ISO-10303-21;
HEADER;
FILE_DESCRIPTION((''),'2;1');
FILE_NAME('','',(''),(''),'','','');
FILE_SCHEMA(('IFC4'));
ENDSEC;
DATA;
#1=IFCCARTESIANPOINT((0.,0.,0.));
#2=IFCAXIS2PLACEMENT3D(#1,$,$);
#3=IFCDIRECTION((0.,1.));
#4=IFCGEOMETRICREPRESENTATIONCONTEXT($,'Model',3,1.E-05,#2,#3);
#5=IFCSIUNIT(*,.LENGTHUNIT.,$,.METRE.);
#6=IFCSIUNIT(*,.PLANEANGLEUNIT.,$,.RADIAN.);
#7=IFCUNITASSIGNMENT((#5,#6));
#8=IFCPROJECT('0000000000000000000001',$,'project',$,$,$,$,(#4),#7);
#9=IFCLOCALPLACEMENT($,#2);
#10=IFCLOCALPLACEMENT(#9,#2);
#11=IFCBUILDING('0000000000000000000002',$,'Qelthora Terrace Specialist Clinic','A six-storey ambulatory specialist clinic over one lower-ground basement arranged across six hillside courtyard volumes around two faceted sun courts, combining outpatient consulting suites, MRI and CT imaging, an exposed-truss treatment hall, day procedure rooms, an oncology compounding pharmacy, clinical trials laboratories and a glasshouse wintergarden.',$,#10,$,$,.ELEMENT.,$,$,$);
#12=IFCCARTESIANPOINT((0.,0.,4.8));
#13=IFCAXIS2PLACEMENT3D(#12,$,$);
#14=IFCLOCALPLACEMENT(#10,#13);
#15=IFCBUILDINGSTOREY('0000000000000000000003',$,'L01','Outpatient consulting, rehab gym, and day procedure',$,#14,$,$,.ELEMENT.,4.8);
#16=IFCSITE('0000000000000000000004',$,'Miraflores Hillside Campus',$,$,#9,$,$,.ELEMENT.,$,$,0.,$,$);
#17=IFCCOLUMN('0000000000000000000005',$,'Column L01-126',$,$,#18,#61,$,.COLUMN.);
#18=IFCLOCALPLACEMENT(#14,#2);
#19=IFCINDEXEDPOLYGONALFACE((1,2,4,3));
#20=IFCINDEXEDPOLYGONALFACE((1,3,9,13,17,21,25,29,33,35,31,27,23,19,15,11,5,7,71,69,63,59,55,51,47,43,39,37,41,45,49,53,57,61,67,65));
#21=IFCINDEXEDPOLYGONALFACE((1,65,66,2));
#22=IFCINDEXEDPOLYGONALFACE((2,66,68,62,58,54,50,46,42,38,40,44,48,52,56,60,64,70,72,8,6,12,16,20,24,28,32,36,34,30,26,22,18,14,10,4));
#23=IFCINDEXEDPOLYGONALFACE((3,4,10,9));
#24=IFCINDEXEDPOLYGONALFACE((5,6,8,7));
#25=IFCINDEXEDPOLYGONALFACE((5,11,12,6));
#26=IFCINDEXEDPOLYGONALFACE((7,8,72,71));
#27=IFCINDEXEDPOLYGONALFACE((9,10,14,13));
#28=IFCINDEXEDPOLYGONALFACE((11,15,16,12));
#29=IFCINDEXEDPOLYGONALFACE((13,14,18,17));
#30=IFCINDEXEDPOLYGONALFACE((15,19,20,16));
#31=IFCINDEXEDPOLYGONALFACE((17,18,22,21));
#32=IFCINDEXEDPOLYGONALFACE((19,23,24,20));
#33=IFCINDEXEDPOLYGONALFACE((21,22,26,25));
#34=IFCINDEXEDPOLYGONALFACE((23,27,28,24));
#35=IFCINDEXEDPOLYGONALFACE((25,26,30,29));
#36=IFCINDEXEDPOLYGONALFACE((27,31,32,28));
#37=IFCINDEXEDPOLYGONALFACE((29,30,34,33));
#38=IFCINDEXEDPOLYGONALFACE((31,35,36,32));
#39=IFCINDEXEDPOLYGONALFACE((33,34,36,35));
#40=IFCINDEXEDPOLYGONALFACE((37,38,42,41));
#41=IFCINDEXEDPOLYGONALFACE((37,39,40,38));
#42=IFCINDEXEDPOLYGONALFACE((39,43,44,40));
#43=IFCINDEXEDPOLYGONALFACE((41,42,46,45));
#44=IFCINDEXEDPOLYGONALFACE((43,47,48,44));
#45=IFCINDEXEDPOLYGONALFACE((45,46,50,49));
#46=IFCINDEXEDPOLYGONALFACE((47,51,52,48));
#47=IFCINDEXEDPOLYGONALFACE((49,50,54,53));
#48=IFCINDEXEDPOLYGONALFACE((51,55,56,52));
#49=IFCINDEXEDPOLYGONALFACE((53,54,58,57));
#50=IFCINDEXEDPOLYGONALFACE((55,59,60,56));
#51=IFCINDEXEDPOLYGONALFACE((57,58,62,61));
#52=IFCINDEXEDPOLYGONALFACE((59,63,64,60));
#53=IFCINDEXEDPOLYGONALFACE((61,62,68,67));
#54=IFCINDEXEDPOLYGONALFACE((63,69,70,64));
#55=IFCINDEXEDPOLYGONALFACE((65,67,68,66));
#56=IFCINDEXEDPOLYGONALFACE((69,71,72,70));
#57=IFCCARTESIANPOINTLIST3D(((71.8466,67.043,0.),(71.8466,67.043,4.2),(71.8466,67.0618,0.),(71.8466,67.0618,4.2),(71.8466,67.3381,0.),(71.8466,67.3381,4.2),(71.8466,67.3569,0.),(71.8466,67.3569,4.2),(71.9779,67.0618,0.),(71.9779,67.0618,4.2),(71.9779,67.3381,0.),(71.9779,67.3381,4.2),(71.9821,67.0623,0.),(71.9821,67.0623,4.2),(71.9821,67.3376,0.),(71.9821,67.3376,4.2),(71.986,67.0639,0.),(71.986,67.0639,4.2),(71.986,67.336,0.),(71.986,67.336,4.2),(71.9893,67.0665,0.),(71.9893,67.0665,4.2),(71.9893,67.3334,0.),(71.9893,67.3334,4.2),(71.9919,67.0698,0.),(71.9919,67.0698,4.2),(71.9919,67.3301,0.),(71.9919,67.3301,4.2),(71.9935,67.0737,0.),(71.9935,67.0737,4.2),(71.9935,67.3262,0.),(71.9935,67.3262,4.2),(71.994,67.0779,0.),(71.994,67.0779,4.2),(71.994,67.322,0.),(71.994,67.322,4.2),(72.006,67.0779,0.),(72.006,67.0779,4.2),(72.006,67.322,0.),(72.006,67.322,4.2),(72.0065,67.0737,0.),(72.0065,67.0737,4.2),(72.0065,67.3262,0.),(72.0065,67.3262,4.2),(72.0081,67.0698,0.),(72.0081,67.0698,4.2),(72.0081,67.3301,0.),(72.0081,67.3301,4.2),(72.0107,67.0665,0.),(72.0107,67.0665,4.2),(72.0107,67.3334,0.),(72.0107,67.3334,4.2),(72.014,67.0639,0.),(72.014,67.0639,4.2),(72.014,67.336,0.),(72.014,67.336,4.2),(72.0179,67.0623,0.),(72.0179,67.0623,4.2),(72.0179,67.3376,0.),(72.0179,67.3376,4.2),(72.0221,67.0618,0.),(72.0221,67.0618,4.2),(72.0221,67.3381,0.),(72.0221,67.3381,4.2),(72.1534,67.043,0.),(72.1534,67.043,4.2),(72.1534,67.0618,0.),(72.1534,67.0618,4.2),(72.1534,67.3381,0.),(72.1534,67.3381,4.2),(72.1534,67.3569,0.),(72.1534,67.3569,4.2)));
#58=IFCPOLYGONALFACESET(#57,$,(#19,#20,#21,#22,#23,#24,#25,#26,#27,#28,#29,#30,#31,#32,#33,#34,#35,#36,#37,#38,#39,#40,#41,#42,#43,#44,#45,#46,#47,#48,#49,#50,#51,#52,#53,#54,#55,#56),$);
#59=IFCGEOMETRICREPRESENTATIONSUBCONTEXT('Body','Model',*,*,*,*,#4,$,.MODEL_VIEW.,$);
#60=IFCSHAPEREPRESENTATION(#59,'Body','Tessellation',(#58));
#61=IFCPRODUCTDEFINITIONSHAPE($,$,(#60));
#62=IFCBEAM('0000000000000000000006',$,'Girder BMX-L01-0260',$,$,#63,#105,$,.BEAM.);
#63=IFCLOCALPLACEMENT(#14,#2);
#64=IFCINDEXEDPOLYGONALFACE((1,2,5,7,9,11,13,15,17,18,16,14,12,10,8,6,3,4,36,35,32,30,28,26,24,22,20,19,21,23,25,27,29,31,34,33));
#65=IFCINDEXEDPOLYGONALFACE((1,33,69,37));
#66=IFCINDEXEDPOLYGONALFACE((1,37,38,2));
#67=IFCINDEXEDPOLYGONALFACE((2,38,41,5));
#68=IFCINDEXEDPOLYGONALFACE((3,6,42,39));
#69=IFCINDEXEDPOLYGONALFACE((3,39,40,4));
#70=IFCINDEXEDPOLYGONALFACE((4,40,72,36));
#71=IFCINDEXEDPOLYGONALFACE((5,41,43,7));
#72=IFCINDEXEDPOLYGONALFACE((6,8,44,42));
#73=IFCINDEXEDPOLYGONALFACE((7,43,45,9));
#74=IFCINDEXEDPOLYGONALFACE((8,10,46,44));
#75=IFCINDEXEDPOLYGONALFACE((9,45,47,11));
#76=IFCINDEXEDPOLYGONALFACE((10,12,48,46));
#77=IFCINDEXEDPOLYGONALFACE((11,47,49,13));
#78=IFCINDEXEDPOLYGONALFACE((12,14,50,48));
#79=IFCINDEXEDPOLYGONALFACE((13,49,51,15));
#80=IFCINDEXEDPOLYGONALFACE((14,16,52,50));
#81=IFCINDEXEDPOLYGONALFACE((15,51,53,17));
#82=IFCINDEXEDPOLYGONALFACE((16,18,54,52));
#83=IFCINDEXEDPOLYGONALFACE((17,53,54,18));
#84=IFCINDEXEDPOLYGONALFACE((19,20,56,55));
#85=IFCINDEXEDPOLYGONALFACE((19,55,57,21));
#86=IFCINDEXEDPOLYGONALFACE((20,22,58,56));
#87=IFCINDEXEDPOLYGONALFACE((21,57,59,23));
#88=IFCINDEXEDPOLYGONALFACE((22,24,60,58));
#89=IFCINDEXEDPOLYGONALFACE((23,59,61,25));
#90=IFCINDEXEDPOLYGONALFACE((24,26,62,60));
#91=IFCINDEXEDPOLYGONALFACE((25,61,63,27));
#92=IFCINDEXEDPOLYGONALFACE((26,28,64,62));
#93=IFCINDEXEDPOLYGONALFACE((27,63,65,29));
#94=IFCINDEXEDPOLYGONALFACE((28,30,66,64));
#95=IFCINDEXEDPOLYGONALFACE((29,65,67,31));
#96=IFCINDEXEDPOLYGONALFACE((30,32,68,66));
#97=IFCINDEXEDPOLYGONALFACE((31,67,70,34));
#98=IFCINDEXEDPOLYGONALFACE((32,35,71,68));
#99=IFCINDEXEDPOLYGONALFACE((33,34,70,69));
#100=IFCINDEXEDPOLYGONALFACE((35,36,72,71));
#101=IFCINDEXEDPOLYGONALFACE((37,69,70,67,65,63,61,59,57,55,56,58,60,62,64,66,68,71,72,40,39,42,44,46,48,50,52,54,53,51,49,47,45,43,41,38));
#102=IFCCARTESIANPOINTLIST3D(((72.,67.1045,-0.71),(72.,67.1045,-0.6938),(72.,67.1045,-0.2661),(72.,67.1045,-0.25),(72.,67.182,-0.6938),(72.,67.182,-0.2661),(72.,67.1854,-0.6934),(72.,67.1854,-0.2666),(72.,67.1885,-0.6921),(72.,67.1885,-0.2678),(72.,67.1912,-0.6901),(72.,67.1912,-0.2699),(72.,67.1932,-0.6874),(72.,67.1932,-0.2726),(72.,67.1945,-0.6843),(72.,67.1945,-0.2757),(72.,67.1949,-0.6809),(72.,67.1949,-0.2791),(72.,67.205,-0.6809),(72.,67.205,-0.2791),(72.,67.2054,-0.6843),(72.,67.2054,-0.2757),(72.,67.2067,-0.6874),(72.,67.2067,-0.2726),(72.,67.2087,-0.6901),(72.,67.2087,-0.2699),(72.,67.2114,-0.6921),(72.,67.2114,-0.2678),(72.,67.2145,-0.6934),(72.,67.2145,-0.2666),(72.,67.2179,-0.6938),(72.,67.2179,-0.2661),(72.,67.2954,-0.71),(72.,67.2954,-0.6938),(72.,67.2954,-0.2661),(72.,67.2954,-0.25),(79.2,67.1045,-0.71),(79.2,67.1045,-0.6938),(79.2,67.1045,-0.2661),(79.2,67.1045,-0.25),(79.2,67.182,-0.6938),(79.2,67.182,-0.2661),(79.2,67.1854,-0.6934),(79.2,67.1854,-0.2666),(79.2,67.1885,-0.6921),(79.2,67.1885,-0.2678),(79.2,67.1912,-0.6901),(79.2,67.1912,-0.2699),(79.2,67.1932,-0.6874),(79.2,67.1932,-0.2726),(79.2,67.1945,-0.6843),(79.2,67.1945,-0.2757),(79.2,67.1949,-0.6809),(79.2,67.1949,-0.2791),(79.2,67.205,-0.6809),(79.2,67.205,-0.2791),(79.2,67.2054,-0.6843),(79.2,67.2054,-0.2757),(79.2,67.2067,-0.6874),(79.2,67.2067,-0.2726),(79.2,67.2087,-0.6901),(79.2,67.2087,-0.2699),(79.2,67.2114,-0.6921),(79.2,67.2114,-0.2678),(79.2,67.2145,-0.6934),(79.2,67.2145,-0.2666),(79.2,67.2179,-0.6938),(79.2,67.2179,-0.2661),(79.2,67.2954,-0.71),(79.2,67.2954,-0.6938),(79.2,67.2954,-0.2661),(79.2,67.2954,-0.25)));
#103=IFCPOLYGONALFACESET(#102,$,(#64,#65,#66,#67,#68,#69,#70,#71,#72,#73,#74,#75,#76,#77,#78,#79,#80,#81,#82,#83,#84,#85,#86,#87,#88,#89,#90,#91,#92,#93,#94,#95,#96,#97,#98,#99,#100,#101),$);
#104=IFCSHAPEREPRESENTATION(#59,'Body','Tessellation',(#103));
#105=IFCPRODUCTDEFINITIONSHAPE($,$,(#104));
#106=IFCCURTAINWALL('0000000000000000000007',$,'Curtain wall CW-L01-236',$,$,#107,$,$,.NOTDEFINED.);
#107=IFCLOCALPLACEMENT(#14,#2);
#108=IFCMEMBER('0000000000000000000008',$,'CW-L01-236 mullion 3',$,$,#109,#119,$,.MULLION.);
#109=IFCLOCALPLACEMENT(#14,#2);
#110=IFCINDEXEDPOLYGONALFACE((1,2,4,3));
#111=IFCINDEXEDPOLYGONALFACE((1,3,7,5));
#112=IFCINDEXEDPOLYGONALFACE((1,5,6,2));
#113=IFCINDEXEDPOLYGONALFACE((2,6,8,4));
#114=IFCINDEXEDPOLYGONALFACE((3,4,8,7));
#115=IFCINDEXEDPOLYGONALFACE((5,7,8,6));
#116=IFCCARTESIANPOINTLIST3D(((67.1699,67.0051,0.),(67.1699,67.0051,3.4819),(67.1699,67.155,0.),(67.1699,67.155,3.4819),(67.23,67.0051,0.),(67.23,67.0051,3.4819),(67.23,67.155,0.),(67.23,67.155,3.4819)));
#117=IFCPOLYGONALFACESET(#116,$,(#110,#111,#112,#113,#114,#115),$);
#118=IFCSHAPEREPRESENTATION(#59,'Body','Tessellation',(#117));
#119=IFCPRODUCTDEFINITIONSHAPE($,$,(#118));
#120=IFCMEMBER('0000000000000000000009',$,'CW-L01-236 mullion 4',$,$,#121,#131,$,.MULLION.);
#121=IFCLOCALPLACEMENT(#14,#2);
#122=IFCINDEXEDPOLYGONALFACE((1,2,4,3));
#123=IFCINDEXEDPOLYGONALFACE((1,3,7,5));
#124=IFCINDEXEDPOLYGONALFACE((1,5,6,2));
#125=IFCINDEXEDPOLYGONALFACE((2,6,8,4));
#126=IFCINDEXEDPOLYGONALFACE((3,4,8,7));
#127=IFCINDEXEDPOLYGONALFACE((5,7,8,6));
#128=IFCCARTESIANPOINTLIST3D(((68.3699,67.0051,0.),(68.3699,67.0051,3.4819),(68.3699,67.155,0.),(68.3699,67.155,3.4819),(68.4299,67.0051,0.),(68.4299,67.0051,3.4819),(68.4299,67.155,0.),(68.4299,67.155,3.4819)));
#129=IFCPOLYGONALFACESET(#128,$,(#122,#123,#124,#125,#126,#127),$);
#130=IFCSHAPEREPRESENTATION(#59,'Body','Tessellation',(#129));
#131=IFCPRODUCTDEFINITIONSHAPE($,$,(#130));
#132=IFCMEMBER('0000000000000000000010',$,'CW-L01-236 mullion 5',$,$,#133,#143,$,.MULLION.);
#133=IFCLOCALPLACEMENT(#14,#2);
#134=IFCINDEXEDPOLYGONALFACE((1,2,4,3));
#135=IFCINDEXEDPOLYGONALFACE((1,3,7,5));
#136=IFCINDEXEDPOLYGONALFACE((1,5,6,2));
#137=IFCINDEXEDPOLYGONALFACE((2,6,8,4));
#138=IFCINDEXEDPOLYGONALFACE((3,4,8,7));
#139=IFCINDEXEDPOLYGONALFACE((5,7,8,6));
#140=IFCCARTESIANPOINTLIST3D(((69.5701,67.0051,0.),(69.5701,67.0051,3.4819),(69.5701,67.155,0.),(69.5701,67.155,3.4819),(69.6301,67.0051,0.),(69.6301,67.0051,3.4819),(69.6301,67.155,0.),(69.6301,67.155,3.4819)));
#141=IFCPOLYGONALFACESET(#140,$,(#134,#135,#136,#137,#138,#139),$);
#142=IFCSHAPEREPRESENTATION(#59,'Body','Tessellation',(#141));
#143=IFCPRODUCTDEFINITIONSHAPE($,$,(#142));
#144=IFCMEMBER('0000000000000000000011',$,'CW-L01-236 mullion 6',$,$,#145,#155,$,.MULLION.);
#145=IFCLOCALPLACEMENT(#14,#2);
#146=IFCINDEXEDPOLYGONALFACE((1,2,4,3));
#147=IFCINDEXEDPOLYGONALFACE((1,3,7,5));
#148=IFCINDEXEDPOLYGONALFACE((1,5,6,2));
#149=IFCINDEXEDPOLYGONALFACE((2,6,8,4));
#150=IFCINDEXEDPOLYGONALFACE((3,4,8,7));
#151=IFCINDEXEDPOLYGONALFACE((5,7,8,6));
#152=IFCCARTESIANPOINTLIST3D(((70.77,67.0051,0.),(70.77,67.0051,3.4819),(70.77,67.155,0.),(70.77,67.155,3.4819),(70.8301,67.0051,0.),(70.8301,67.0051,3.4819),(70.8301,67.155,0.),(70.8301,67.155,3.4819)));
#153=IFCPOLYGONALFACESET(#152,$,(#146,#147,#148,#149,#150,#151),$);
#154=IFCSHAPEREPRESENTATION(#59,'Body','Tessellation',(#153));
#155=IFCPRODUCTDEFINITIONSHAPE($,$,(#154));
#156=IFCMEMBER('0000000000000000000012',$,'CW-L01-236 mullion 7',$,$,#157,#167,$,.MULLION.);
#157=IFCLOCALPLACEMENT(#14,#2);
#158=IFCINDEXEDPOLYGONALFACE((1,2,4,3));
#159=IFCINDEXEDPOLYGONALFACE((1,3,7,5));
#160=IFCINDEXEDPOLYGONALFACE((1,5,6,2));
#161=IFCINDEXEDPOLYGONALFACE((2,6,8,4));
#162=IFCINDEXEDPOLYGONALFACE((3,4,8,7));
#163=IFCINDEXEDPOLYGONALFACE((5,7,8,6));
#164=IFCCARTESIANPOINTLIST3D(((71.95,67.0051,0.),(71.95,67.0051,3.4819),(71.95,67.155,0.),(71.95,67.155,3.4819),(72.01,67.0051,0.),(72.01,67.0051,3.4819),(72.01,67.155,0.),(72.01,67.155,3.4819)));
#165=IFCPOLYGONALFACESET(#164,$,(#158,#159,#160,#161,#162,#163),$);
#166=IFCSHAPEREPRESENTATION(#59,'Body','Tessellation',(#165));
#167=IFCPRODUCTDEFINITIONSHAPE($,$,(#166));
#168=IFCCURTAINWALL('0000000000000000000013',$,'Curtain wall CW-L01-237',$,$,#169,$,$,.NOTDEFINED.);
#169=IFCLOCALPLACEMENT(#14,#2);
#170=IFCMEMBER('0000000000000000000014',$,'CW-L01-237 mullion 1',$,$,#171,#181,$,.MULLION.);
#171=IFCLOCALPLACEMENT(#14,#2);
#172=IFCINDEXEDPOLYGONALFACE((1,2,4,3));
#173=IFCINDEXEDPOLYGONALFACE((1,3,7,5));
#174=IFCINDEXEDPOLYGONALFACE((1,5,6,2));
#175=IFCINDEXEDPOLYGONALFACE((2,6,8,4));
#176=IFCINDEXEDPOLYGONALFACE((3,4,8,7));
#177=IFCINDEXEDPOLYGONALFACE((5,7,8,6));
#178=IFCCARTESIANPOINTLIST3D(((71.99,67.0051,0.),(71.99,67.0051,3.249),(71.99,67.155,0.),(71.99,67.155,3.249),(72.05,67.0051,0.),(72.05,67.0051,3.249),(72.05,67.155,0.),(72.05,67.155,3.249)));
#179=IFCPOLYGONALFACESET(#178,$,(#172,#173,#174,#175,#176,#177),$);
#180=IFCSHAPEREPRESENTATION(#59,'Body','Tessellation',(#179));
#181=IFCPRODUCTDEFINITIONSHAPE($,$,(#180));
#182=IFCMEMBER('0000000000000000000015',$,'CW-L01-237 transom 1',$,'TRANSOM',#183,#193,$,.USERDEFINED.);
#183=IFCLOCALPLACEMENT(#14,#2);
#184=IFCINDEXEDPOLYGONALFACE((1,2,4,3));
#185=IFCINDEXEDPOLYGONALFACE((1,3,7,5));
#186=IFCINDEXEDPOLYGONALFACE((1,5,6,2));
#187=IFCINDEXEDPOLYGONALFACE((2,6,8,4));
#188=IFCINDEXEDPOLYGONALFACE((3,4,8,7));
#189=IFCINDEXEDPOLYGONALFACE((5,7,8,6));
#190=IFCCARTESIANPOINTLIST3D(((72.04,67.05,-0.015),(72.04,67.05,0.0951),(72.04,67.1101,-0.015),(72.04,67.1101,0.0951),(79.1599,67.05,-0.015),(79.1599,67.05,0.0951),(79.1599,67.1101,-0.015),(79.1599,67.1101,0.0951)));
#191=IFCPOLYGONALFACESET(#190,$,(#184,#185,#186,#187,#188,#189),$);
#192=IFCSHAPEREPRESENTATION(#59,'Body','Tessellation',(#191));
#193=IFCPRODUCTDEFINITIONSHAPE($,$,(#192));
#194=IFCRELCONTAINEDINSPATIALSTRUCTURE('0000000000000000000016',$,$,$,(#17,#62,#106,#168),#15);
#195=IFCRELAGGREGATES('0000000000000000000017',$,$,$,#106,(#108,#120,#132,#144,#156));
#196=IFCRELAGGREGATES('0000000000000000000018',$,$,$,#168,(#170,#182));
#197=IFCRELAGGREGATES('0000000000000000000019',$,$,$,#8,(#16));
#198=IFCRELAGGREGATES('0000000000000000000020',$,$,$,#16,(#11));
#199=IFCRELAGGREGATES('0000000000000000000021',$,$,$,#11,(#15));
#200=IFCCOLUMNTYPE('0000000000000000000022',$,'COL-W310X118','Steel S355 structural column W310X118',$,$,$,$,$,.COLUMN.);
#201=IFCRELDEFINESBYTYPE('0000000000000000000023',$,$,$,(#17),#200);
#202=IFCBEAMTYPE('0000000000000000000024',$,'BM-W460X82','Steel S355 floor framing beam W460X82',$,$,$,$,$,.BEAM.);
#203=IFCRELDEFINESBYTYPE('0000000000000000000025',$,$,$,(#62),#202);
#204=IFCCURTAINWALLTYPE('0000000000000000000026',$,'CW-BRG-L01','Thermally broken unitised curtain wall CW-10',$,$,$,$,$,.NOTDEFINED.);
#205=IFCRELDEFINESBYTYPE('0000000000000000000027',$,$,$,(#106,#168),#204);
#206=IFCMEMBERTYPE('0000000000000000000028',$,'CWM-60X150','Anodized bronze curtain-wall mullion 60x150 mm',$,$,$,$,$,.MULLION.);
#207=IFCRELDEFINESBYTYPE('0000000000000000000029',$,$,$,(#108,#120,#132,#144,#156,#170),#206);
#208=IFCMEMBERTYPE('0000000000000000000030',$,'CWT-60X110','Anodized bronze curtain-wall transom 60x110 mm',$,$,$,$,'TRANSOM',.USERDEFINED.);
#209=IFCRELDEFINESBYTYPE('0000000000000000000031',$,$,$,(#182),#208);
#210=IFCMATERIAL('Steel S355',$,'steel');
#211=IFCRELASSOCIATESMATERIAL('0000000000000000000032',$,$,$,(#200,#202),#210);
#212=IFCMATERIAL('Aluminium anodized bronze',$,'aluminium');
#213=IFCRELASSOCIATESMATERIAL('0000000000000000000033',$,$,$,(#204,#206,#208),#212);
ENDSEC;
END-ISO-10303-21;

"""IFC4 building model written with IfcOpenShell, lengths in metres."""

from ifc_helpers import new_model, si_unit, direction, frame, origin, origin_2d, place, context, subcontext, project, spatial, rectangle, i_section, extrude, material, material_profile, profile_set, type_object, element, aggregate, save


model = new_model("IFC4")

# Units and contexts
model_context = context("Model", 3, precision=1e-05, world=origin(), true_north=direction((0.0, 1.0)))
body_context = subcontext(model_context, "Body", "Model", "MODEL_VIEW")
ifc_project = project(units=[si_unit("LENGTHUNIT", "METRE"), si_unit("PLANEANGLEUNIT", "RADIAN")], contexts=[model_context])

# Site, building, storey
site_placement = place(None, origin())
site = spatial("IfcSite", under=ifc_project, at=site_placement, Name="Miraflores Hillside Campus", CompositionType="ELEMENT", RefElevation=0.0)
building_placement = place(site_placement, origin())
building = spatial("IfcBuilding", under=site, at=building_placement, Name="Qelthora Terrace Specialist Clinic", Description="A six-storey ambulatory specialist clinic over one lower-ground basement arranged across six hillside courtyard volumes around two faceted sun courts, combining outpatient consulting suites, MRI and CT imaging, an exposed-truss treatment hall, day procedure rooms, an oncology compounding pharmacy, clinical trials laboratories and a glasshouse wintergarden.", CompositionType="ELEMENT")
storey_placement = place(building_placement, frame((0.0, 0.0, 4.8)))
storey = spatial("IfcBuildingStorey", under=building, at=storey_placement, Name="L01", Description="Outpatient consulting, rehab gym, and day procedure", CompositionType="ELEMENT", Elevation=4.8)

# Column
ifc_material_1 = material(Name="Steel S355", Category="steel")
ifc_material_profile_1 = material_profile(ifc_material_1, i_section(OverallWidth=0.3069, OverallDepth=0.314, WebThickness=0.012, FlangeThickness=0.0188, FilletRadius=0.0161, at=origin_2d()), Name="W310X118")
ifc_profile_set_1 = profile_set([ifc_material_profile_1], Name="Steel S355")
column_type = type_object("IfcColumnType", Name="COL-W310X118", Description="Steel S355 structural column W310X118", PredefinedType="COLUMN", material=ifc_profile_set_1)
column_placement = place(storey_placement, frame((72.0, 67.2, 0.0), z_axis=(0.0, 0.0, 1.0), x_axis=(1.0, 0.0, 0.0)))
element("IfcColumn", 1, at=column_placement, inside=storey, type_object=column_type, Name="Column L01-126", PredefinedType="COLUMN", context=body_context, shape_type="SweptSolid", body=[
    extrude(i_section(OverallWidth=0.3069, OverallDepth=0.314, WebThickness=0.012, FlangeThickness=0.0188, FilletRadius=0.0161, at=origin_2d()), origin(), (0.0, 0.0, 1.0), 4.2),
])

# Beam
ifc_material_profile_2 = material_profile(ifc_material_1, i_section(OverallWidth=0.1909, OverallDepth=0.46, WebThickness=0.01, FlangeThickness=0.0161, FilletRadius=0.0129, at=origin_2d()), Name="W460X82")
ifc_profile_set_2 = profile_set([ifc_material_profile_2], Name="Steel S355")
beam_type = type_object("IfcBeamType", Name="BM-W460X82", Description="Steel S355 floor framing beam W460X82", PredefinedType="BEAM", material=ifc_profile_set_2)
beam_placement = place(storey_placement, frame((72.0, 67.2, -0.48), z_axis=(1.0, 0.0, 0.0), x_axis=(0.0, 1.0, 0.0)))
element("IfcBeam", 2, at=beam_placement, inside=storey, type_object=beam_type, Name="Girder BMX-L01-0260", PredefinedType="BEAM", context=body_context, shape_type="SweptSolid", body=[
    extrude(i_section(OverallWidth=0.1909, OverallDepth=0.46, WebThickness=0.01, FlangeThickness=0.0161, FilletRadius=0.0129, at=origin_2d()), origin(), (0.0, 0.0, 1.0), 7.2),
])

# Curtain walls, members
ifc_material_2 = material(Name="Aluminium anodized bronze", Category="aluminium")
curtain_wall_type = type_object("IfcCurtainWallType", Name="CW-BRG-L01", Description="Thermally broken unitised curtain wall CW-10", PredefinedType="NOTDEFINED", material=ifc_material_2)
curtain_wall_1_placement = place(storey_placement, origin())
curtain_wall_1 = element("IfcCurtainWall", 3, at=curtain_wall_1_placement, inside=storey, type_object=curtain_wall_type, Name="Curtain wall CW-L01-236", PredefinedType="NOTDEFINED")
ifc_material_profile_3 = material_profile(ifc_material_2, rectangle(XDim=0.0601, YDim=0.1499, at=origin_2d()), Name="CWM60X150")
ifc_profile_set_3 = profile_set([ifc_material_profile_3], Name="Aluminium anodized bronze")
member_type_1 = type_object("IfcMemberType", Name="CWM-60X150", Description="Anodized bronze curtain-wall mullion 60x150 mm", PredefinedType="MULLION", material=ifc_profile_set_3)
member_1_placement = place(storey_placement, frame((67.2, 67.0801, 0.0), z_axis=(0.0, 0.0, 1.0), x_axis=(1.0, 0.0, 0.0)))
member_1 = element("IfcMember", 4, at=member_1_placement, type_object=member_type_1, Name="CW-L01-236 mullion 3", PredefinedType="MULLION", context=body_context, shape_type="SweptSolid", body=[
    extrude(rectangle(XDim=0.0601, YDim=0.1499, at=origin_2d()), origin(), (0.0, 0.0, 1.0), 3.4819),
])
member_2_placement = place(storey_placement, frame((68.3999, 67.0801, 0.0), z_axis=(0.0, 0.0, 1.0), x_axis=(1.0, 0.0, 0.0)))
member_2 = element("IfcMember", 5, at=member_2_placement, type_object=member_type_1, Name="CW-L01-236 mullion 4", PredefinedType="MULLION", context=body_context, shape_type="SweptSolid", body=[
    extrude(rectangle(XDim=0.0601, YDim=0.1499, at=origin_2d()), origin(), (0.0, 0.0, 1.0), 3.4819),
])
member_3_placement = place(storey_placement, frame((69.6001, 67.0801, 0.0), z_axis=(0.0, 0.0, 1.0), x_axis=(1.0, 0.0, 0.0)))
member_3 = element("IfcMember", 6, at=member_3_placement, type_object=member_type_1, Name="CW-L01-236 mullion 5", PredefinedType="MULLION", context=body_context, shape_type="SweptSolid", body=[
    extrude(rectangle(XDim=0.0601, YDim=0.1499, at=origin_2d()), origin(), (0.0, 0.0, 1.0), 3.4819),
])
member_4_placement = place(storey_placement, frame((70.8, 67.0801, 0.0), z_axis=(0.0, 0.0, 1.0), x_axis=(1.0, 0.0, 0.0)))
member_4 = element("IfcMember", 7, at=member_4_placement, type_object=member_type_1, Name="CW-L01-236 mullion 6", PredefinedType="MULLION", context=body_context, shape_type="SweptSolid", body=[
    extrude(rectangle(XDim=0.0601, YDim=0.1499, at=origin_2d()), origin(), (0.0, 0.0, 1.0), 3.4819),
])
member_5_placement = place(storey_placement, frame((71.98, 67.0801, 0.0), z_axis=(0.0, 0.0, 1.0), x_axis=(1.0, 0.0, 0.0)))
member_5 = element("IfcMember", 8, at=member_5_placement, type_object=member_type_1, Name="CW-L01-236 mullion 7", PredefinedType="MULLION", context=body_context, shape_type="SweptSolid", body=[
    extrude(rectangle(XDim=0.0601, YDim=0.1499, at=origin_2d()), origin(), (0.0, 0.0, 1.0), 3.4819),
])
curtain_wall_2_placement = place(storey_placement, origin())
curtain_wall_2 = element("IfcCurtainWall", 9, at=curtain_wall_2_placement, inside=storey, type_object=curtain_wall_type, Name="Curtain wall CW-L01-237", PredefinedType="NOTDEFINED")
member_6_placement = place(storey_placement, frame((72.02, 67.0801, 0.0), z_axis=(0.0, 0.0, 1.0), x_axis=(1.0, 0.0, 0.0)))
member_6 = element("IfcMember", 10, at=member_6_placement, type_object=member_type_1, Name="CW-L01-237 mullion 1", PredefinedType="MULLION", context=body_context, shape_type="SweptSolid", body=[
    extrude(rectangle(XDim=0.0601, YDim=0.1499, at=origin_2d()), origin(), (0.0, 0.0, 1.0), 3.249),
])
ifc_material_profile_4 = material_profile(ifc_material_2, rectangle(XDim=0.0601, YDim=0.1101, at=origin_2d()), Name="CWT60X110")
ifc_profile_set_4 = profile_set([ifc_material_profile_4], Name="Aluminium anodized bronze")
member_type_2 = type_object("IfcMemberType", Name="CWT-60X110", Description="Anodized bronze curtain-wall transom 60x110 mm", ElementType="TRANSOM", PredefinedType="USERDEFINED", material=ifc_profile_set_4)
member_7_placement = place(storey_placement, frame((72.04, 67.0801, 0.04), z_axis=(1.0, 0.0, 0.0), x_axis=(0.0, 1.0, 0.0)))
member_7 = element("IfcMember", 11, at=member_7_placement, type_object=member_type_2, Name="CW-L01-237 transom 1", ObjectType="TRANSOM", PredefinedType="USERDEFINED", context=body_context, shape_type="SweptSolid", body=[
    extrude(rectangle(XDim=0.0601, YDim=0.1101, at=origin_2d()), origin(), (0.0, 0.0, 1.0), 7.1199),
])

aggregate(curtain_wall_1, [member_1, member_2, member_3, member_4, member_5])
aggregate(curtain_wall_2, [member_6, member_7])

save(model, "model.ifc")
